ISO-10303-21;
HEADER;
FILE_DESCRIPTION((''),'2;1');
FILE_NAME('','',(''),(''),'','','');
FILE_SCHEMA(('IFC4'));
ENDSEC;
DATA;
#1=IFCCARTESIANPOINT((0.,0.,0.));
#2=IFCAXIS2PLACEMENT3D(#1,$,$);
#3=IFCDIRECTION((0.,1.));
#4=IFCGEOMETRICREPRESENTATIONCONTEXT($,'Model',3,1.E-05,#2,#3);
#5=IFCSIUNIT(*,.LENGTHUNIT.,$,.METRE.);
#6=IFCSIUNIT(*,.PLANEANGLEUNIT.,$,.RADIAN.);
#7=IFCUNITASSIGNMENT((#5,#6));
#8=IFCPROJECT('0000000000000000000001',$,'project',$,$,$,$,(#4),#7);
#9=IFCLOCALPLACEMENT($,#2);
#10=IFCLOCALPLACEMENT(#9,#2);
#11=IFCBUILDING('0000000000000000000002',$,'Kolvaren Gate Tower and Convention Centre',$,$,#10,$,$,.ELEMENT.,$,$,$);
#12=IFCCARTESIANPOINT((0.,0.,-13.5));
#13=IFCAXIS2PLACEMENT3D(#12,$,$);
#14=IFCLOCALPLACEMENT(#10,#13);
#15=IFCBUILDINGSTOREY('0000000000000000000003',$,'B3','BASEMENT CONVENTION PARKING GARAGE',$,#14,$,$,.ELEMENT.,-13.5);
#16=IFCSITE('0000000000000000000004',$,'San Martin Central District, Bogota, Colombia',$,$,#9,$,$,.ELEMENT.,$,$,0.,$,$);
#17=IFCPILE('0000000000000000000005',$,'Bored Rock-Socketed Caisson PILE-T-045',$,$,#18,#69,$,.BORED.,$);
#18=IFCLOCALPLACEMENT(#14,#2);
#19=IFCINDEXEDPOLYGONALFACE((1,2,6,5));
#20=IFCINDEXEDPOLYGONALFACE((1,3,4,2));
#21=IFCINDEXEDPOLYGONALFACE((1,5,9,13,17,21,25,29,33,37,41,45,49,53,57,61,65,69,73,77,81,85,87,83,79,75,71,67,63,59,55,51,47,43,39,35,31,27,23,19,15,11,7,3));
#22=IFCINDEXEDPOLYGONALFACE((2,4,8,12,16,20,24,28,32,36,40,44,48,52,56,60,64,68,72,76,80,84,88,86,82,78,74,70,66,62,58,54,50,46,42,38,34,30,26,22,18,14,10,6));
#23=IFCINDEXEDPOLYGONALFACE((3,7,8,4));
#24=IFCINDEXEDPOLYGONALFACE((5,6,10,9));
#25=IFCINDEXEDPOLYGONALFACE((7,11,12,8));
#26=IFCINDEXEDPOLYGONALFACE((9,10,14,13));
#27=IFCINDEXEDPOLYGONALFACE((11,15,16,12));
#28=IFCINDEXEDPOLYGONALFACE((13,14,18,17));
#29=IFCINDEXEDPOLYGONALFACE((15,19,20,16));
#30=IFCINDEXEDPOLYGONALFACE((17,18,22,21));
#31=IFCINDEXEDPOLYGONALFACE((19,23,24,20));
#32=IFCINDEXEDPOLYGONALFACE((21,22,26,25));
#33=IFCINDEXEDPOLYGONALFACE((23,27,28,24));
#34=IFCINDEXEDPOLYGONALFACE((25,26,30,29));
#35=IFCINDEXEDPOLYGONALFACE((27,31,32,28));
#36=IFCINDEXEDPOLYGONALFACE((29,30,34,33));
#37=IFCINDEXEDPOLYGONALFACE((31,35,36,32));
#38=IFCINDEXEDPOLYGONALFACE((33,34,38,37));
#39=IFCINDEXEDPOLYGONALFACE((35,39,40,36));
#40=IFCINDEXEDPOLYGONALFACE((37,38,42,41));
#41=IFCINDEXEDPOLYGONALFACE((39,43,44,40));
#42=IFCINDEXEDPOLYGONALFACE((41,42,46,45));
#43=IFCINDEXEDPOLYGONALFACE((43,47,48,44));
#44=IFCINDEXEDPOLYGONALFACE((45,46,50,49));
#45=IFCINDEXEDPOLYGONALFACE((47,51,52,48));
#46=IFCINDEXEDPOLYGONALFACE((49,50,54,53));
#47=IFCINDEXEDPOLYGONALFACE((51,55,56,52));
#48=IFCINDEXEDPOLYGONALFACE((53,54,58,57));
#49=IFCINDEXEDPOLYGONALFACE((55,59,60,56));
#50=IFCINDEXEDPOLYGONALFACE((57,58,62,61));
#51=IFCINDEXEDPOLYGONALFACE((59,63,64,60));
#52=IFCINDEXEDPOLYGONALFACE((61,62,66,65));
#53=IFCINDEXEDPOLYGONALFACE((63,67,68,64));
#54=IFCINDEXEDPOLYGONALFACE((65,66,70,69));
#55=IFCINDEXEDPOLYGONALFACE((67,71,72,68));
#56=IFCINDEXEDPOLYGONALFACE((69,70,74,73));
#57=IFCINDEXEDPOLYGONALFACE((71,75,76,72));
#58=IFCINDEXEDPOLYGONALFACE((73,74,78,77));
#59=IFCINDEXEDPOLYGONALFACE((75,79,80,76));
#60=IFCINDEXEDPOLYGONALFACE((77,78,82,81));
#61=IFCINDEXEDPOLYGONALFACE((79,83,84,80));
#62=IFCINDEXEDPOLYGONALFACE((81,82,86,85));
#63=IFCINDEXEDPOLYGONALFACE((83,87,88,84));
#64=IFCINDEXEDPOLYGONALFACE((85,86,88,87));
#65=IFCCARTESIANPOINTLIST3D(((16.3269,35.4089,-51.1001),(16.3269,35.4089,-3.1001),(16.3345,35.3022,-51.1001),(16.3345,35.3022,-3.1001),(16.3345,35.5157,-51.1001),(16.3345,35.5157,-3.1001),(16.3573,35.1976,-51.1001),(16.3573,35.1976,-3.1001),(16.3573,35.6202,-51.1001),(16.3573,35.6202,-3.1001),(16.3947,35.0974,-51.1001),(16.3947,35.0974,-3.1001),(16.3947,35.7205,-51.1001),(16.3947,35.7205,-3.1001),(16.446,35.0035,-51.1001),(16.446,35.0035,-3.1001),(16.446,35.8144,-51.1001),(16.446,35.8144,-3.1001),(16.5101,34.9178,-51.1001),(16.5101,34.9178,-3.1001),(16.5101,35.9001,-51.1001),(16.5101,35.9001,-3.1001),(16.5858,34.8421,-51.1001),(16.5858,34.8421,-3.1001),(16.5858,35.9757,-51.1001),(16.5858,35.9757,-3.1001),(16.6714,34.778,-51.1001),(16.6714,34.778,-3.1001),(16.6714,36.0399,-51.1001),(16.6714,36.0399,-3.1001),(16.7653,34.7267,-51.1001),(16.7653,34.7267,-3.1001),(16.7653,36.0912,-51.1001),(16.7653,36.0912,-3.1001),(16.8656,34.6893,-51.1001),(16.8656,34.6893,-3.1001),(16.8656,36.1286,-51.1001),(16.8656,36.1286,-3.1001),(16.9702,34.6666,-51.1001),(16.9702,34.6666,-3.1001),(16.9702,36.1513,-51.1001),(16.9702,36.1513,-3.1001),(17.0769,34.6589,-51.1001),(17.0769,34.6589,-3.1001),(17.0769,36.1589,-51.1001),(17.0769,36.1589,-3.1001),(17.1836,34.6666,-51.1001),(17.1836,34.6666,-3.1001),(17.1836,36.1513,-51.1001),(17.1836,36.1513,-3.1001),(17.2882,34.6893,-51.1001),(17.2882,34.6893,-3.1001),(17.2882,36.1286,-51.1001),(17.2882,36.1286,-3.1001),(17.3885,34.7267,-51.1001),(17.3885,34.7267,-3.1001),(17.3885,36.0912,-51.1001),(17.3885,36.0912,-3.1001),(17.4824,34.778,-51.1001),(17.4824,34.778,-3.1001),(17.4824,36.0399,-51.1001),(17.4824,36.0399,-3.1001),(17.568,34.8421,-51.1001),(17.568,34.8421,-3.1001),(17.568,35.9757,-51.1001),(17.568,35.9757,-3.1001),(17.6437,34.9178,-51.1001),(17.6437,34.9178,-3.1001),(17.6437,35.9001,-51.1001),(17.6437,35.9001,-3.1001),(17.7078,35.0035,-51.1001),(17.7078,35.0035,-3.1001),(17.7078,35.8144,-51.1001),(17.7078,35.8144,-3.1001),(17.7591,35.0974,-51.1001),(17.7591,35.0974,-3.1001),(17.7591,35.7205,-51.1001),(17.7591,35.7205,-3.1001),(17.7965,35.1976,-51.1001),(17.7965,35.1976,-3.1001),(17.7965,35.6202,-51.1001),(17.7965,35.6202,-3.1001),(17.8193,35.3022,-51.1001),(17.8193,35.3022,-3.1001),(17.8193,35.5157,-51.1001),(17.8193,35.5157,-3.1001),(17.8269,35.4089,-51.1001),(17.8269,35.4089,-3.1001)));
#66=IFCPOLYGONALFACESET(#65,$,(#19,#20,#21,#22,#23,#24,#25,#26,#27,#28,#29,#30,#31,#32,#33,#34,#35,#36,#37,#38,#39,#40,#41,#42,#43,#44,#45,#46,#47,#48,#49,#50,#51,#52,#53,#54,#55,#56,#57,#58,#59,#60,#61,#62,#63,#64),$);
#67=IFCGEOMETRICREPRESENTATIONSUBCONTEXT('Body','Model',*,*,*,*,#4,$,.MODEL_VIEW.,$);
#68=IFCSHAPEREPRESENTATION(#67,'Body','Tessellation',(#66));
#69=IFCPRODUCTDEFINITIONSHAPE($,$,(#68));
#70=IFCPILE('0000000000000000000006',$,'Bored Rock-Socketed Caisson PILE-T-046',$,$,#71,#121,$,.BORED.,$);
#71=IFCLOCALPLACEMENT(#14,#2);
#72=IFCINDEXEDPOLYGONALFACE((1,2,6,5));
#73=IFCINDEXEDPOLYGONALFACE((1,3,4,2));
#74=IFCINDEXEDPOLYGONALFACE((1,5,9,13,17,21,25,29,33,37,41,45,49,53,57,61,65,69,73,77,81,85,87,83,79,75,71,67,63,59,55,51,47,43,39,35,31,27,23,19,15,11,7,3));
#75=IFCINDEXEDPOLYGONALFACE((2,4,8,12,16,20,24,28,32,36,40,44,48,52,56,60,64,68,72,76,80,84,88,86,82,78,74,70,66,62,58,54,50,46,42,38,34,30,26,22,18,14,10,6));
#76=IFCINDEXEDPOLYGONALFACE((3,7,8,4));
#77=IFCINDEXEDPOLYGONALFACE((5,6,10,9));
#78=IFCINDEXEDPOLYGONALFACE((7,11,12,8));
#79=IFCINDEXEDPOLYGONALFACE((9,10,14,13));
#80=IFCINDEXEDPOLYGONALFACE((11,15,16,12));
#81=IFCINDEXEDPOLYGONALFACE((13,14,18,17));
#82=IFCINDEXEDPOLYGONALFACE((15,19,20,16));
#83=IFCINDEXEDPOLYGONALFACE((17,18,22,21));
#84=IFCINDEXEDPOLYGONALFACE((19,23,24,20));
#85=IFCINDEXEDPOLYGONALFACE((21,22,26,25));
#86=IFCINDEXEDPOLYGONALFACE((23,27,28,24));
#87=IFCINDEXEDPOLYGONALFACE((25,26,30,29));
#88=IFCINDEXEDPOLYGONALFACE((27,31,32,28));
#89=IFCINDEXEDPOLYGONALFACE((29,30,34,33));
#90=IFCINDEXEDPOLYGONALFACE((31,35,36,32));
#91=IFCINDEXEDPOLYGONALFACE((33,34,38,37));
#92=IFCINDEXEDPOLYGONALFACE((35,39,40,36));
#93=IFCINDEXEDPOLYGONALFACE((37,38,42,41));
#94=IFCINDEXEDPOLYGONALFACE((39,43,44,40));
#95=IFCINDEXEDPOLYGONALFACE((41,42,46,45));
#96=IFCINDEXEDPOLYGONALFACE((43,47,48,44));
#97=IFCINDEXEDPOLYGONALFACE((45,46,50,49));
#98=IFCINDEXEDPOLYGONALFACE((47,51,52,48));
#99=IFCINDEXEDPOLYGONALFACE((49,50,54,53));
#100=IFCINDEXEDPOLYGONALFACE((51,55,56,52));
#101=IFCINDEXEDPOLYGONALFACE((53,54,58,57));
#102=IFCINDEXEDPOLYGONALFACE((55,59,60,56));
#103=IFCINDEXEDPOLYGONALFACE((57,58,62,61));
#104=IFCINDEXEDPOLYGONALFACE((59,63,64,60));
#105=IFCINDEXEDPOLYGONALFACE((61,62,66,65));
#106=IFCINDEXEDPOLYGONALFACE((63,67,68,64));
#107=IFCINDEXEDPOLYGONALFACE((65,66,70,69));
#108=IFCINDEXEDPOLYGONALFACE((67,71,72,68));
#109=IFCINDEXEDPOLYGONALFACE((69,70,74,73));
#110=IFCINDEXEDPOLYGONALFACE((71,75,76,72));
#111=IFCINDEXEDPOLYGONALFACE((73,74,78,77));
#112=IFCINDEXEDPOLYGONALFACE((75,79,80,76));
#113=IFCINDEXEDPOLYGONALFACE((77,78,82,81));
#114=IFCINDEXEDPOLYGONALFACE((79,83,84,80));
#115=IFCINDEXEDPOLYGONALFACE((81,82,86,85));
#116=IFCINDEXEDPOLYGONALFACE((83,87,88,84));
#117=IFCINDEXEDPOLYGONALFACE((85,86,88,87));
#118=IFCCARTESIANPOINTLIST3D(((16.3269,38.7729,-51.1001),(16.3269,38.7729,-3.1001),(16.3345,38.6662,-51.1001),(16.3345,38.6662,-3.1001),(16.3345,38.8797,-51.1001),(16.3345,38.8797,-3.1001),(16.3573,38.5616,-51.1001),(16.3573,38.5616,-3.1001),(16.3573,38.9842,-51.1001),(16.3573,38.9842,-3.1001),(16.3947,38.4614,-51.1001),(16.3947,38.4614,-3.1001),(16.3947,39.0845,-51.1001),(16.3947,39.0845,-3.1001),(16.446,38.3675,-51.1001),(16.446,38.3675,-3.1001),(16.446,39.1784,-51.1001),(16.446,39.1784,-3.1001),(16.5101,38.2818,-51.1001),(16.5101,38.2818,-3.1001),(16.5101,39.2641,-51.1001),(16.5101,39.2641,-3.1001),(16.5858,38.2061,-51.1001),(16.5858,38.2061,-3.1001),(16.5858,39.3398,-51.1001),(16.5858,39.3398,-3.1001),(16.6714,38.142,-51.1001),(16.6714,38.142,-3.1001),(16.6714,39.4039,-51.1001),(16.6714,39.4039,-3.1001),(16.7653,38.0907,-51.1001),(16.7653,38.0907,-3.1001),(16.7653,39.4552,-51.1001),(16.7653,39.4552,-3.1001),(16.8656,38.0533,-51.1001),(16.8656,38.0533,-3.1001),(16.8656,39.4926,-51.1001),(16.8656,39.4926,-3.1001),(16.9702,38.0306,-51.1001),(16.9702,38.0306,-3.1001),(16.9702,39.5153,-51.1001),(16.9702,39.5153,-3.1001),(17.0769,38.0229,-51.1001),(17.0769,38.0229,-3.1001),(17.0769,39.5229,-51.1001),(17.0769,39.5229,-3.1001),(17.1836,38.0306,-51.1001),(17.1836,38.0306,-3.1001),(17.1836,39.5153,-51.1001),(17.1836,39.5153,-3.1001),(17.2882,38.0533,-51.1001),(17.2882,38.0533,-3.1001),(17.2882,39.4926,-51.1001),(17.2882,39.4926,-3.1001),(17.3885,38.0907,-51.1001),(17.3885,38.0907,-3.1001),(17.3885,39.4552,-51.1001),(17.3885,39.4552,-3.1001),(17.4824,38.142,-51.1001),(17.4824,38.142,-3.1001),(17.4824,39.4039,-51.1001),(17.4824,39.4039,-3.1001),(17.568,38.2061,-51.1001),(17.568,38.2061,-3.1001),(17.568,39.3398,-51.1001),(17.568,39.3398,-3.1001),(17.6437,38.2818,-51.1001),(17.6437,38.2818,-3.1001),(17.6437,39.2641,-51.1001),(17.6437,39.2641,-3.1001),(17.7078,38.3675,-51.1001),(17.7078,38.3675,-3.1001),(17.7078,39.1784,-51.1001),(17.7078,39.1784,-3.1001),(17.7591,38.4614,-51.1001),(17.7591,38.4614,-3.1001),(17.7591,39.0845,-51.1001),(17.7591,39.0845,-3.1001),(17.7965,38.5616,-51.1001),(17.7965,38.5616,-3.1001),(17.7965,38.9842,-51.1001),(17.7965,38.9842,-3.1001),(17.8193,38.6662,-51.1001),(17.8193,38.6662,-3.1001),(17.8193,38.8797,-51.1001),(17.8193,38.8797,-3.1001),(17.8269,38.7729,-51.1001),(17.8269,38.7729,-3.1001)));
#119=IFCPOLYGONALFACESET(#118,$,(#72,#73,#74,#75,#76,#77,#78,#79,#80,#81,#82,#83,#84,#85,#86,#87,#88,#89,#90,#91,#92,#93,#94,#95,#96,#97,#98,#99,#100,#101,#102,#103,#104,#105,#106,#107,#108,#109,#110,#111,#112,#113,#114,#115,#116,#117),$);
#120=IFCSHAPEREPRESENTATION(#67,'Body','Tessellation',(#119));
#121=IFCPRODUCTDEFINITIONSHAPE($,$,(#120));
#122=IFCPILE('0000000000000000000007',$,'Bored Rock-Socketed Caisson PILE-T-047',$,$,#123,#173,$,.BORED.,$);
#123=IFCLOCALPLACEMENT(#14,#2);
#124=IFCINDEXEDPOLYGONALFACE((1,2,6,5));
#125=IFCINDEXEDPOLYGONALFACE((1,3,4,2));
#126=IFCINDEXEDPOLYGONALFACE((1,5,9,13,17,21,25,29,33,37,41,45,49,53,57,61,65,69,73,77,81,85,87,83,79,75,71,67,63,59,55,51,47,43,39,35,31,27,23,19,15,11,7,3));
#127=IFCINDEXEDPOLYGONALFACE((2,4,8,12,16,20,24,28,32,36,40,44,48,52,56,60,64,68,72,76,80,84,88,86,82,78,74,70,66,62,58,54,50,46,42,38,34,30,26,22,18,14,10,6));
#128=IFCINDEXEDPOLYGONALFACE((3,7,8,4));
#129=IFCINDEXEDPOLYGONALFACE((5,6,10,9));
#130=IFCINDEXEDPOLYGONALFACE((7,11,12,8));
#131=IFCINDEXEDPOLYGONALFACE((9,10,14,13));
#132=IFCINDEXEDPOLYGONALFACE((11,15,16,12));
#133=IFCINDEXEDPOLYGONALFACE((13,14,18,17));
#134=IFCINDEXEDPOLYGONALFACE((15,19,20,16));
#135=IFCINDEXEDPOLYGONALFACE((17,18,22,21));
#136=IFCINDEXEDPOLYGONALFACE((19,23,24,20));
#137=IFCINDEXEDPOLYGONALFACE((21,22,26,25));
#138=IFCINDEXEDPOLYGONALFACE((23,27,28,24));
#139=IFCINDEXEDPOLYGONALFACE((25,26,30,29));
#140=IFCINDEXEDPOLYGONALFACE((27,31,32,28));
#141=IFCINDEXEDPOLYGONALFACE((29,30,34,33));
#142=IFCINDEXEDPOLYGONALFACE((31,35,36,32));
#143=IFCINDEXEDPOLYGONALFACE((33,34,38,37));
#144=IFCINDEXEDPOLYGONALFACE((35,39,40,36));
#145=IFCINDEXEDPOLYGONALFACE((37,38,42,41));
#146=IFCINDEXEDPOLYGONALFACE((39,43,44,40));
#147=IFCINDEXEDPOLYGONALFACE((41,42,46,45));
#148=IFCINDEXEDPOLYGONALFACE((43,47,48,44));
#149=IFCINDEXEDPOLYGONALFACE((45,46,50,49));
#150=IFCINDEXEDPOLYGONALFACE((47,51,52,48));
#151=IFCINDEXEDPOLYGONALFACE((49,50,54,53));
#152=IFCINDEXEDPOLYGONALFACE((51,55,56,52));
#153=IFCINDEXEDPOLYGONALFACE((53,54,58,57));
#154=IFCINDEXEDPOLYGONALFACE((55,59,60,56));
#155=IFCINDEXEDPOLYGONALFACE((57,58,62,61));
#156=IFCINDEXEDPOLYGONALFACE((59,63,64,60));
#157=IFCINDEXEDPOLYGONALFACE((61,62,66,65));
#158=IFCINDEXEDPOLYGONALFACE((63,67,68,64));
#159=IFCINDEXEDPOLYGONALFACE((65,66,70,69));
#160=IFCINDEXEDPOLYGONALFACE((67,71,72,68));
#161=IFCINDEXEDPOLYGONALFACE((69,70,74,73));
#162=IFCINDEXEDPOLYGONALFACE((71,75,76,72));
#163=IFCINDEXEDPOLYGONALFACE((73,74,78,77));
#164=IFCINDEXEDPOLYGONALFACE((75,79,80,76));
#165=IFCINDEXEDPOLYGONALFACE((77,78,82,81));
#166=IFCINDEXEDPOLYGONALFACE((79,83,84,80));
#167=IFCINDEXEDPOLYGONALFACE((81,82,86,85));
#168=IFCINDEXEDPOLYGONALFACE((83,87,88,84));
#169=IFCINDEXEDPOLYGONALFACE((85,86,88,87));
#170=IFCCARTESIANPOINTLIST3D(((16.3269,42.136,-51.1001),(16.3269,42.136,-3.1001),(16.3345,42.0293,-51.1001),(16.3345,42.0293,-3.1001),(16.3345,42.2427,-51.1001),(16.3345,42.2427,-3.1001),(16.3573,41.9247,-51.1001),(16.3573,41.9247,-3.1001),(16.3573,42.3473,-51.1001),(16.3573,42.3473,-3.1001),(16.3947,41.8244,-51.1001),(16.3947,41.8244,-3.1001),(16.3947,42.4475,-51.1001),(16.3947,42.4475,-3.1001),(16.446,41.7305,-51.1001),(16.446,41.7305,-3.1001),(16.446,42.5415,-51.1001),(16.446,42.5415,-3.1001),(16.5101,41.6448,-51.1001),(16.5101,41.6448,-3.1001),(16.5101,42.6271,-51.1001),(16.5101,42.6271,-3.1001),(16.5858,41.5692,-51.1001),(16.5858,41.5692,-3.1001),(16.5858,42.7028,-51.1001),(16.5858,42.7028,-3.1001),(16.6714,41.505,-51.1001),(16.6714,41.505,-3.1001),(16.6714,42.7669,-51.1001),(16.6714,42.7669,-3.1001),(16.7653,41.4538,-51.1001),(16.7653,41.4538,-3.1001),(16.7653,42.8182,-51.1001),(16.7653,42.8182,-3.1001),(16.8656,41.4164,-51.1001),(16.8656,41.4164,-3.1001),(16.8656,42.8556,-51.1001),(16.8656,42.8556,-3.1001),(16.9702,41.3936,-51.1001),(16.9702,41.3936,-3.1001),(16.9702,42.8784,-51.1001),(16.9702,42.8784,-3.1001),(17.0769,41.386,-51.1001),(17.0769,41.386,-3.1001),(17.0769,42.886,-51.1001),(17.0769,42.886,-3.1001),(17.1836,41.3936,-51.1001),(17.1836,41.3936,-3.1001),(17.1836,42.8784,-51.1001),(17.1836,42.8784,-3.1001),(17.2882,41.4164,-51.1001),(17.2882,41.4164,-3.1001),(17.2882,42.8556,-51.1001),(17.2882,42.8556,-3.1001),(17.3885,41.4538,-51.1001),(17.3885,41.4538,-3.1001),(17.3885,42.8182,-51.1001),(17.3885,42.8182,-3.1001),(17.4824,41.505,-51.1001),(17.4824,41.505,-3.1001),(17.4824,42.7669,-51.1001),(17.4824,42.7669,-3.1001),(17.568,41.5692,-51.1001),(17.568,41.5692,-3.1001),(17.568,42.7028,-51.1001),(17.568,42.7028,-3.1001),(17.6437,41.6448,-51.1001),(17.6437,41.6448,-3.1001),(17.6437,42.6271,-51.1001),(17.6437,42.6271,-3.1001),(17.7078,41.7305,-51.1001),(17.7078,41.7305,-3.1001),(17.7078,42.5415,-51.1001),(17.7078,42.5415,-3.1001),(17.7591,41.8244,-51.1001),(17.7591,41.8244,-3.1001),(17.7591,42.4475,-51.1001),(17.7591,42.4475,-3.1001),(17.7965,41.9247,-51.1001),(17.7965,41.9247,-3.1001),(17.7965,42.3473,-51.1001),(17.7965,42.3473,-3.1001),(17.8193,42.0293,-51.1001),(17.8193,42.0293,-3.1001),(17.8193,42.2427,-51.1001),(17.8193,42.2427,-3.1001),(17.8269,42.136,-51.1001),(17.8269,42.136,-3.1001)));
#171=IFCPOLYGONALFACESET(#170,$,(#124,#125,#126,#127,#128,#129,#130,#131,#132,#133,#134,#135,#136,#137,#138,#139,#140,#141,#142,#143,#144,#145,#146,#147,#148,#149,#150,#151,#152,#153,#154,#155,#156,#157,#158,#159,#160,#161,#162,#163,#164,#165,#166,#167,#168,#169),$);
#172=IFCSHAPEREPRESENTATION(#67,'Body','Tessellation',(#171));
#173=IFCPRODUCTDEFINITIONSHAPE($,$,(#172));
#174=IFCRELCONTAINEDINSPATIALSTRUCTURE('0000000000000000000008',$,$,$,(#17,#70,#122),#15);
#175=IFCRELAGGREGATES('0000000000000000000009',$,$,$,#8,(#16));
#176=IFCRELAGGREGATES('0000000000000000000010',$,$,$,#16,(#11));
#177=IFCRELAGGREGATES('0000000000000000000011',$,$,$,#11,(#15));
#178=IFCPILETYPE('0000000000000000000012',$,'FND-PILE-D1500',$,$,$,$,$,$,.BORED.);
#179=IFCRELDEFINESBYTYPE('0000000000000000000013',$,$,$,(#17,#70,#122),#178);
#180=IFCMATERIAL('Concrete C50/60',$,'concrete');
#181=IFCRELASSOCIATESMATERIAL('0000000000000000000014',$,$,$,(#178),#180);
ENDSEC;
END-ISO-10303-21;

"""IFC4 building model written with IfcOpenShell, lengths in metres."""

from ifc_helpers import new_model, si_unit, direction, frame, origin, origin_2d, place, context, subcontext, project, spatial, circle, extrude, material, material_profile, profile_set, type_object, element, save


model = new_model("IFC4")

# Units and contexts
model_context = context("Model", 3, precision=1e-05, world=origin(), true_north=direction((0.0, 1.0)))
body_context = subcontext(model_context, "Body", "Model", "MODEL_VIEW")
ifc_project = project(units=[si_unit("LENGTHUNIT", "METRE"), si_unit("PLANEANGLEUNIT", "RADIAN")], contexts=[model_context])

# Site, building, storey
site_placement = place(None, origin())
site = spatial("IfcSite", under=ifc_project, at=site_placement, Name="San Martin Central District, Bogota, Colombia", CompositionType="ELEMENT", RefElevation=0.0)
building_placement = place(site_placement, origin())
building = spatial("IfcBuilding", under=site, at=building_placement, Name="Kolvaren Gate Tower and Convention Centre", CompositionType="ELEMENT")
storey_placement = place(building_placement, frame((0.0, 0.0, -13.5)))
storey = spatial("IfcBuildingStorey", under=building, at=storey_placement, Name="B3", Description="BASEMENT CONVENTION PARKING GARAGE", CompositionType="ELEMENT", Elevation=-13.5)

# Piles
ifc_material_1 = material(Name="Concrete C50/60", Category="concrete")
ifc_material_profile_1 = material_profile(ifc_material_1, circle(Radius=0.75, at=origin_2d()), Name="CAISSON-D1500")
ifc_profile_set_1 = profile_set([ifc_material_profile_1], Name="Concrete C50/60")
pile_type = type_object("IfcPileType", Name="FND-PILE-D1500", PredefinedType="BORED", material=ifc_profile_set_1)
for number, where, z_axis, x_axis, name in (
    (1, (17.0769, 35.4089, -3.1001), (0.0, 0.0, -1.0), (1.0, 0.0, 0.0), "Bored Rock-Socketed Caisson PILE-T-045"),
    (2, (17.0769, 38.7729, -3.1001), (0.0, 0.0, -1.0), (1.0, 0.0, 0.0), "Bored Rock-Socketed Caisson PILE-T-046"),
    (3, (17.0769, 42.136, -3.1001), (0.0, 0.0, -1.0), (1.0, 0.0, 0.0), "Bored Rock-Socketed Caisson PILE-T-047"),
):
    element("IfcPile", number, at=place(storey_placement, frame(where, z_axis=z_axis, x_axis=x_axis)), inside=storey, type_object=pile_type, Name=name, PredefinedType="BORED", context=body_context, shape_type="SweptSolid", body=[
        extrude(circle(Radius=0.75, at=origin_2d()), origin(), (0.0, 0.0, 1.0), 48.0),
    ])

save(model, "model.ifc")
